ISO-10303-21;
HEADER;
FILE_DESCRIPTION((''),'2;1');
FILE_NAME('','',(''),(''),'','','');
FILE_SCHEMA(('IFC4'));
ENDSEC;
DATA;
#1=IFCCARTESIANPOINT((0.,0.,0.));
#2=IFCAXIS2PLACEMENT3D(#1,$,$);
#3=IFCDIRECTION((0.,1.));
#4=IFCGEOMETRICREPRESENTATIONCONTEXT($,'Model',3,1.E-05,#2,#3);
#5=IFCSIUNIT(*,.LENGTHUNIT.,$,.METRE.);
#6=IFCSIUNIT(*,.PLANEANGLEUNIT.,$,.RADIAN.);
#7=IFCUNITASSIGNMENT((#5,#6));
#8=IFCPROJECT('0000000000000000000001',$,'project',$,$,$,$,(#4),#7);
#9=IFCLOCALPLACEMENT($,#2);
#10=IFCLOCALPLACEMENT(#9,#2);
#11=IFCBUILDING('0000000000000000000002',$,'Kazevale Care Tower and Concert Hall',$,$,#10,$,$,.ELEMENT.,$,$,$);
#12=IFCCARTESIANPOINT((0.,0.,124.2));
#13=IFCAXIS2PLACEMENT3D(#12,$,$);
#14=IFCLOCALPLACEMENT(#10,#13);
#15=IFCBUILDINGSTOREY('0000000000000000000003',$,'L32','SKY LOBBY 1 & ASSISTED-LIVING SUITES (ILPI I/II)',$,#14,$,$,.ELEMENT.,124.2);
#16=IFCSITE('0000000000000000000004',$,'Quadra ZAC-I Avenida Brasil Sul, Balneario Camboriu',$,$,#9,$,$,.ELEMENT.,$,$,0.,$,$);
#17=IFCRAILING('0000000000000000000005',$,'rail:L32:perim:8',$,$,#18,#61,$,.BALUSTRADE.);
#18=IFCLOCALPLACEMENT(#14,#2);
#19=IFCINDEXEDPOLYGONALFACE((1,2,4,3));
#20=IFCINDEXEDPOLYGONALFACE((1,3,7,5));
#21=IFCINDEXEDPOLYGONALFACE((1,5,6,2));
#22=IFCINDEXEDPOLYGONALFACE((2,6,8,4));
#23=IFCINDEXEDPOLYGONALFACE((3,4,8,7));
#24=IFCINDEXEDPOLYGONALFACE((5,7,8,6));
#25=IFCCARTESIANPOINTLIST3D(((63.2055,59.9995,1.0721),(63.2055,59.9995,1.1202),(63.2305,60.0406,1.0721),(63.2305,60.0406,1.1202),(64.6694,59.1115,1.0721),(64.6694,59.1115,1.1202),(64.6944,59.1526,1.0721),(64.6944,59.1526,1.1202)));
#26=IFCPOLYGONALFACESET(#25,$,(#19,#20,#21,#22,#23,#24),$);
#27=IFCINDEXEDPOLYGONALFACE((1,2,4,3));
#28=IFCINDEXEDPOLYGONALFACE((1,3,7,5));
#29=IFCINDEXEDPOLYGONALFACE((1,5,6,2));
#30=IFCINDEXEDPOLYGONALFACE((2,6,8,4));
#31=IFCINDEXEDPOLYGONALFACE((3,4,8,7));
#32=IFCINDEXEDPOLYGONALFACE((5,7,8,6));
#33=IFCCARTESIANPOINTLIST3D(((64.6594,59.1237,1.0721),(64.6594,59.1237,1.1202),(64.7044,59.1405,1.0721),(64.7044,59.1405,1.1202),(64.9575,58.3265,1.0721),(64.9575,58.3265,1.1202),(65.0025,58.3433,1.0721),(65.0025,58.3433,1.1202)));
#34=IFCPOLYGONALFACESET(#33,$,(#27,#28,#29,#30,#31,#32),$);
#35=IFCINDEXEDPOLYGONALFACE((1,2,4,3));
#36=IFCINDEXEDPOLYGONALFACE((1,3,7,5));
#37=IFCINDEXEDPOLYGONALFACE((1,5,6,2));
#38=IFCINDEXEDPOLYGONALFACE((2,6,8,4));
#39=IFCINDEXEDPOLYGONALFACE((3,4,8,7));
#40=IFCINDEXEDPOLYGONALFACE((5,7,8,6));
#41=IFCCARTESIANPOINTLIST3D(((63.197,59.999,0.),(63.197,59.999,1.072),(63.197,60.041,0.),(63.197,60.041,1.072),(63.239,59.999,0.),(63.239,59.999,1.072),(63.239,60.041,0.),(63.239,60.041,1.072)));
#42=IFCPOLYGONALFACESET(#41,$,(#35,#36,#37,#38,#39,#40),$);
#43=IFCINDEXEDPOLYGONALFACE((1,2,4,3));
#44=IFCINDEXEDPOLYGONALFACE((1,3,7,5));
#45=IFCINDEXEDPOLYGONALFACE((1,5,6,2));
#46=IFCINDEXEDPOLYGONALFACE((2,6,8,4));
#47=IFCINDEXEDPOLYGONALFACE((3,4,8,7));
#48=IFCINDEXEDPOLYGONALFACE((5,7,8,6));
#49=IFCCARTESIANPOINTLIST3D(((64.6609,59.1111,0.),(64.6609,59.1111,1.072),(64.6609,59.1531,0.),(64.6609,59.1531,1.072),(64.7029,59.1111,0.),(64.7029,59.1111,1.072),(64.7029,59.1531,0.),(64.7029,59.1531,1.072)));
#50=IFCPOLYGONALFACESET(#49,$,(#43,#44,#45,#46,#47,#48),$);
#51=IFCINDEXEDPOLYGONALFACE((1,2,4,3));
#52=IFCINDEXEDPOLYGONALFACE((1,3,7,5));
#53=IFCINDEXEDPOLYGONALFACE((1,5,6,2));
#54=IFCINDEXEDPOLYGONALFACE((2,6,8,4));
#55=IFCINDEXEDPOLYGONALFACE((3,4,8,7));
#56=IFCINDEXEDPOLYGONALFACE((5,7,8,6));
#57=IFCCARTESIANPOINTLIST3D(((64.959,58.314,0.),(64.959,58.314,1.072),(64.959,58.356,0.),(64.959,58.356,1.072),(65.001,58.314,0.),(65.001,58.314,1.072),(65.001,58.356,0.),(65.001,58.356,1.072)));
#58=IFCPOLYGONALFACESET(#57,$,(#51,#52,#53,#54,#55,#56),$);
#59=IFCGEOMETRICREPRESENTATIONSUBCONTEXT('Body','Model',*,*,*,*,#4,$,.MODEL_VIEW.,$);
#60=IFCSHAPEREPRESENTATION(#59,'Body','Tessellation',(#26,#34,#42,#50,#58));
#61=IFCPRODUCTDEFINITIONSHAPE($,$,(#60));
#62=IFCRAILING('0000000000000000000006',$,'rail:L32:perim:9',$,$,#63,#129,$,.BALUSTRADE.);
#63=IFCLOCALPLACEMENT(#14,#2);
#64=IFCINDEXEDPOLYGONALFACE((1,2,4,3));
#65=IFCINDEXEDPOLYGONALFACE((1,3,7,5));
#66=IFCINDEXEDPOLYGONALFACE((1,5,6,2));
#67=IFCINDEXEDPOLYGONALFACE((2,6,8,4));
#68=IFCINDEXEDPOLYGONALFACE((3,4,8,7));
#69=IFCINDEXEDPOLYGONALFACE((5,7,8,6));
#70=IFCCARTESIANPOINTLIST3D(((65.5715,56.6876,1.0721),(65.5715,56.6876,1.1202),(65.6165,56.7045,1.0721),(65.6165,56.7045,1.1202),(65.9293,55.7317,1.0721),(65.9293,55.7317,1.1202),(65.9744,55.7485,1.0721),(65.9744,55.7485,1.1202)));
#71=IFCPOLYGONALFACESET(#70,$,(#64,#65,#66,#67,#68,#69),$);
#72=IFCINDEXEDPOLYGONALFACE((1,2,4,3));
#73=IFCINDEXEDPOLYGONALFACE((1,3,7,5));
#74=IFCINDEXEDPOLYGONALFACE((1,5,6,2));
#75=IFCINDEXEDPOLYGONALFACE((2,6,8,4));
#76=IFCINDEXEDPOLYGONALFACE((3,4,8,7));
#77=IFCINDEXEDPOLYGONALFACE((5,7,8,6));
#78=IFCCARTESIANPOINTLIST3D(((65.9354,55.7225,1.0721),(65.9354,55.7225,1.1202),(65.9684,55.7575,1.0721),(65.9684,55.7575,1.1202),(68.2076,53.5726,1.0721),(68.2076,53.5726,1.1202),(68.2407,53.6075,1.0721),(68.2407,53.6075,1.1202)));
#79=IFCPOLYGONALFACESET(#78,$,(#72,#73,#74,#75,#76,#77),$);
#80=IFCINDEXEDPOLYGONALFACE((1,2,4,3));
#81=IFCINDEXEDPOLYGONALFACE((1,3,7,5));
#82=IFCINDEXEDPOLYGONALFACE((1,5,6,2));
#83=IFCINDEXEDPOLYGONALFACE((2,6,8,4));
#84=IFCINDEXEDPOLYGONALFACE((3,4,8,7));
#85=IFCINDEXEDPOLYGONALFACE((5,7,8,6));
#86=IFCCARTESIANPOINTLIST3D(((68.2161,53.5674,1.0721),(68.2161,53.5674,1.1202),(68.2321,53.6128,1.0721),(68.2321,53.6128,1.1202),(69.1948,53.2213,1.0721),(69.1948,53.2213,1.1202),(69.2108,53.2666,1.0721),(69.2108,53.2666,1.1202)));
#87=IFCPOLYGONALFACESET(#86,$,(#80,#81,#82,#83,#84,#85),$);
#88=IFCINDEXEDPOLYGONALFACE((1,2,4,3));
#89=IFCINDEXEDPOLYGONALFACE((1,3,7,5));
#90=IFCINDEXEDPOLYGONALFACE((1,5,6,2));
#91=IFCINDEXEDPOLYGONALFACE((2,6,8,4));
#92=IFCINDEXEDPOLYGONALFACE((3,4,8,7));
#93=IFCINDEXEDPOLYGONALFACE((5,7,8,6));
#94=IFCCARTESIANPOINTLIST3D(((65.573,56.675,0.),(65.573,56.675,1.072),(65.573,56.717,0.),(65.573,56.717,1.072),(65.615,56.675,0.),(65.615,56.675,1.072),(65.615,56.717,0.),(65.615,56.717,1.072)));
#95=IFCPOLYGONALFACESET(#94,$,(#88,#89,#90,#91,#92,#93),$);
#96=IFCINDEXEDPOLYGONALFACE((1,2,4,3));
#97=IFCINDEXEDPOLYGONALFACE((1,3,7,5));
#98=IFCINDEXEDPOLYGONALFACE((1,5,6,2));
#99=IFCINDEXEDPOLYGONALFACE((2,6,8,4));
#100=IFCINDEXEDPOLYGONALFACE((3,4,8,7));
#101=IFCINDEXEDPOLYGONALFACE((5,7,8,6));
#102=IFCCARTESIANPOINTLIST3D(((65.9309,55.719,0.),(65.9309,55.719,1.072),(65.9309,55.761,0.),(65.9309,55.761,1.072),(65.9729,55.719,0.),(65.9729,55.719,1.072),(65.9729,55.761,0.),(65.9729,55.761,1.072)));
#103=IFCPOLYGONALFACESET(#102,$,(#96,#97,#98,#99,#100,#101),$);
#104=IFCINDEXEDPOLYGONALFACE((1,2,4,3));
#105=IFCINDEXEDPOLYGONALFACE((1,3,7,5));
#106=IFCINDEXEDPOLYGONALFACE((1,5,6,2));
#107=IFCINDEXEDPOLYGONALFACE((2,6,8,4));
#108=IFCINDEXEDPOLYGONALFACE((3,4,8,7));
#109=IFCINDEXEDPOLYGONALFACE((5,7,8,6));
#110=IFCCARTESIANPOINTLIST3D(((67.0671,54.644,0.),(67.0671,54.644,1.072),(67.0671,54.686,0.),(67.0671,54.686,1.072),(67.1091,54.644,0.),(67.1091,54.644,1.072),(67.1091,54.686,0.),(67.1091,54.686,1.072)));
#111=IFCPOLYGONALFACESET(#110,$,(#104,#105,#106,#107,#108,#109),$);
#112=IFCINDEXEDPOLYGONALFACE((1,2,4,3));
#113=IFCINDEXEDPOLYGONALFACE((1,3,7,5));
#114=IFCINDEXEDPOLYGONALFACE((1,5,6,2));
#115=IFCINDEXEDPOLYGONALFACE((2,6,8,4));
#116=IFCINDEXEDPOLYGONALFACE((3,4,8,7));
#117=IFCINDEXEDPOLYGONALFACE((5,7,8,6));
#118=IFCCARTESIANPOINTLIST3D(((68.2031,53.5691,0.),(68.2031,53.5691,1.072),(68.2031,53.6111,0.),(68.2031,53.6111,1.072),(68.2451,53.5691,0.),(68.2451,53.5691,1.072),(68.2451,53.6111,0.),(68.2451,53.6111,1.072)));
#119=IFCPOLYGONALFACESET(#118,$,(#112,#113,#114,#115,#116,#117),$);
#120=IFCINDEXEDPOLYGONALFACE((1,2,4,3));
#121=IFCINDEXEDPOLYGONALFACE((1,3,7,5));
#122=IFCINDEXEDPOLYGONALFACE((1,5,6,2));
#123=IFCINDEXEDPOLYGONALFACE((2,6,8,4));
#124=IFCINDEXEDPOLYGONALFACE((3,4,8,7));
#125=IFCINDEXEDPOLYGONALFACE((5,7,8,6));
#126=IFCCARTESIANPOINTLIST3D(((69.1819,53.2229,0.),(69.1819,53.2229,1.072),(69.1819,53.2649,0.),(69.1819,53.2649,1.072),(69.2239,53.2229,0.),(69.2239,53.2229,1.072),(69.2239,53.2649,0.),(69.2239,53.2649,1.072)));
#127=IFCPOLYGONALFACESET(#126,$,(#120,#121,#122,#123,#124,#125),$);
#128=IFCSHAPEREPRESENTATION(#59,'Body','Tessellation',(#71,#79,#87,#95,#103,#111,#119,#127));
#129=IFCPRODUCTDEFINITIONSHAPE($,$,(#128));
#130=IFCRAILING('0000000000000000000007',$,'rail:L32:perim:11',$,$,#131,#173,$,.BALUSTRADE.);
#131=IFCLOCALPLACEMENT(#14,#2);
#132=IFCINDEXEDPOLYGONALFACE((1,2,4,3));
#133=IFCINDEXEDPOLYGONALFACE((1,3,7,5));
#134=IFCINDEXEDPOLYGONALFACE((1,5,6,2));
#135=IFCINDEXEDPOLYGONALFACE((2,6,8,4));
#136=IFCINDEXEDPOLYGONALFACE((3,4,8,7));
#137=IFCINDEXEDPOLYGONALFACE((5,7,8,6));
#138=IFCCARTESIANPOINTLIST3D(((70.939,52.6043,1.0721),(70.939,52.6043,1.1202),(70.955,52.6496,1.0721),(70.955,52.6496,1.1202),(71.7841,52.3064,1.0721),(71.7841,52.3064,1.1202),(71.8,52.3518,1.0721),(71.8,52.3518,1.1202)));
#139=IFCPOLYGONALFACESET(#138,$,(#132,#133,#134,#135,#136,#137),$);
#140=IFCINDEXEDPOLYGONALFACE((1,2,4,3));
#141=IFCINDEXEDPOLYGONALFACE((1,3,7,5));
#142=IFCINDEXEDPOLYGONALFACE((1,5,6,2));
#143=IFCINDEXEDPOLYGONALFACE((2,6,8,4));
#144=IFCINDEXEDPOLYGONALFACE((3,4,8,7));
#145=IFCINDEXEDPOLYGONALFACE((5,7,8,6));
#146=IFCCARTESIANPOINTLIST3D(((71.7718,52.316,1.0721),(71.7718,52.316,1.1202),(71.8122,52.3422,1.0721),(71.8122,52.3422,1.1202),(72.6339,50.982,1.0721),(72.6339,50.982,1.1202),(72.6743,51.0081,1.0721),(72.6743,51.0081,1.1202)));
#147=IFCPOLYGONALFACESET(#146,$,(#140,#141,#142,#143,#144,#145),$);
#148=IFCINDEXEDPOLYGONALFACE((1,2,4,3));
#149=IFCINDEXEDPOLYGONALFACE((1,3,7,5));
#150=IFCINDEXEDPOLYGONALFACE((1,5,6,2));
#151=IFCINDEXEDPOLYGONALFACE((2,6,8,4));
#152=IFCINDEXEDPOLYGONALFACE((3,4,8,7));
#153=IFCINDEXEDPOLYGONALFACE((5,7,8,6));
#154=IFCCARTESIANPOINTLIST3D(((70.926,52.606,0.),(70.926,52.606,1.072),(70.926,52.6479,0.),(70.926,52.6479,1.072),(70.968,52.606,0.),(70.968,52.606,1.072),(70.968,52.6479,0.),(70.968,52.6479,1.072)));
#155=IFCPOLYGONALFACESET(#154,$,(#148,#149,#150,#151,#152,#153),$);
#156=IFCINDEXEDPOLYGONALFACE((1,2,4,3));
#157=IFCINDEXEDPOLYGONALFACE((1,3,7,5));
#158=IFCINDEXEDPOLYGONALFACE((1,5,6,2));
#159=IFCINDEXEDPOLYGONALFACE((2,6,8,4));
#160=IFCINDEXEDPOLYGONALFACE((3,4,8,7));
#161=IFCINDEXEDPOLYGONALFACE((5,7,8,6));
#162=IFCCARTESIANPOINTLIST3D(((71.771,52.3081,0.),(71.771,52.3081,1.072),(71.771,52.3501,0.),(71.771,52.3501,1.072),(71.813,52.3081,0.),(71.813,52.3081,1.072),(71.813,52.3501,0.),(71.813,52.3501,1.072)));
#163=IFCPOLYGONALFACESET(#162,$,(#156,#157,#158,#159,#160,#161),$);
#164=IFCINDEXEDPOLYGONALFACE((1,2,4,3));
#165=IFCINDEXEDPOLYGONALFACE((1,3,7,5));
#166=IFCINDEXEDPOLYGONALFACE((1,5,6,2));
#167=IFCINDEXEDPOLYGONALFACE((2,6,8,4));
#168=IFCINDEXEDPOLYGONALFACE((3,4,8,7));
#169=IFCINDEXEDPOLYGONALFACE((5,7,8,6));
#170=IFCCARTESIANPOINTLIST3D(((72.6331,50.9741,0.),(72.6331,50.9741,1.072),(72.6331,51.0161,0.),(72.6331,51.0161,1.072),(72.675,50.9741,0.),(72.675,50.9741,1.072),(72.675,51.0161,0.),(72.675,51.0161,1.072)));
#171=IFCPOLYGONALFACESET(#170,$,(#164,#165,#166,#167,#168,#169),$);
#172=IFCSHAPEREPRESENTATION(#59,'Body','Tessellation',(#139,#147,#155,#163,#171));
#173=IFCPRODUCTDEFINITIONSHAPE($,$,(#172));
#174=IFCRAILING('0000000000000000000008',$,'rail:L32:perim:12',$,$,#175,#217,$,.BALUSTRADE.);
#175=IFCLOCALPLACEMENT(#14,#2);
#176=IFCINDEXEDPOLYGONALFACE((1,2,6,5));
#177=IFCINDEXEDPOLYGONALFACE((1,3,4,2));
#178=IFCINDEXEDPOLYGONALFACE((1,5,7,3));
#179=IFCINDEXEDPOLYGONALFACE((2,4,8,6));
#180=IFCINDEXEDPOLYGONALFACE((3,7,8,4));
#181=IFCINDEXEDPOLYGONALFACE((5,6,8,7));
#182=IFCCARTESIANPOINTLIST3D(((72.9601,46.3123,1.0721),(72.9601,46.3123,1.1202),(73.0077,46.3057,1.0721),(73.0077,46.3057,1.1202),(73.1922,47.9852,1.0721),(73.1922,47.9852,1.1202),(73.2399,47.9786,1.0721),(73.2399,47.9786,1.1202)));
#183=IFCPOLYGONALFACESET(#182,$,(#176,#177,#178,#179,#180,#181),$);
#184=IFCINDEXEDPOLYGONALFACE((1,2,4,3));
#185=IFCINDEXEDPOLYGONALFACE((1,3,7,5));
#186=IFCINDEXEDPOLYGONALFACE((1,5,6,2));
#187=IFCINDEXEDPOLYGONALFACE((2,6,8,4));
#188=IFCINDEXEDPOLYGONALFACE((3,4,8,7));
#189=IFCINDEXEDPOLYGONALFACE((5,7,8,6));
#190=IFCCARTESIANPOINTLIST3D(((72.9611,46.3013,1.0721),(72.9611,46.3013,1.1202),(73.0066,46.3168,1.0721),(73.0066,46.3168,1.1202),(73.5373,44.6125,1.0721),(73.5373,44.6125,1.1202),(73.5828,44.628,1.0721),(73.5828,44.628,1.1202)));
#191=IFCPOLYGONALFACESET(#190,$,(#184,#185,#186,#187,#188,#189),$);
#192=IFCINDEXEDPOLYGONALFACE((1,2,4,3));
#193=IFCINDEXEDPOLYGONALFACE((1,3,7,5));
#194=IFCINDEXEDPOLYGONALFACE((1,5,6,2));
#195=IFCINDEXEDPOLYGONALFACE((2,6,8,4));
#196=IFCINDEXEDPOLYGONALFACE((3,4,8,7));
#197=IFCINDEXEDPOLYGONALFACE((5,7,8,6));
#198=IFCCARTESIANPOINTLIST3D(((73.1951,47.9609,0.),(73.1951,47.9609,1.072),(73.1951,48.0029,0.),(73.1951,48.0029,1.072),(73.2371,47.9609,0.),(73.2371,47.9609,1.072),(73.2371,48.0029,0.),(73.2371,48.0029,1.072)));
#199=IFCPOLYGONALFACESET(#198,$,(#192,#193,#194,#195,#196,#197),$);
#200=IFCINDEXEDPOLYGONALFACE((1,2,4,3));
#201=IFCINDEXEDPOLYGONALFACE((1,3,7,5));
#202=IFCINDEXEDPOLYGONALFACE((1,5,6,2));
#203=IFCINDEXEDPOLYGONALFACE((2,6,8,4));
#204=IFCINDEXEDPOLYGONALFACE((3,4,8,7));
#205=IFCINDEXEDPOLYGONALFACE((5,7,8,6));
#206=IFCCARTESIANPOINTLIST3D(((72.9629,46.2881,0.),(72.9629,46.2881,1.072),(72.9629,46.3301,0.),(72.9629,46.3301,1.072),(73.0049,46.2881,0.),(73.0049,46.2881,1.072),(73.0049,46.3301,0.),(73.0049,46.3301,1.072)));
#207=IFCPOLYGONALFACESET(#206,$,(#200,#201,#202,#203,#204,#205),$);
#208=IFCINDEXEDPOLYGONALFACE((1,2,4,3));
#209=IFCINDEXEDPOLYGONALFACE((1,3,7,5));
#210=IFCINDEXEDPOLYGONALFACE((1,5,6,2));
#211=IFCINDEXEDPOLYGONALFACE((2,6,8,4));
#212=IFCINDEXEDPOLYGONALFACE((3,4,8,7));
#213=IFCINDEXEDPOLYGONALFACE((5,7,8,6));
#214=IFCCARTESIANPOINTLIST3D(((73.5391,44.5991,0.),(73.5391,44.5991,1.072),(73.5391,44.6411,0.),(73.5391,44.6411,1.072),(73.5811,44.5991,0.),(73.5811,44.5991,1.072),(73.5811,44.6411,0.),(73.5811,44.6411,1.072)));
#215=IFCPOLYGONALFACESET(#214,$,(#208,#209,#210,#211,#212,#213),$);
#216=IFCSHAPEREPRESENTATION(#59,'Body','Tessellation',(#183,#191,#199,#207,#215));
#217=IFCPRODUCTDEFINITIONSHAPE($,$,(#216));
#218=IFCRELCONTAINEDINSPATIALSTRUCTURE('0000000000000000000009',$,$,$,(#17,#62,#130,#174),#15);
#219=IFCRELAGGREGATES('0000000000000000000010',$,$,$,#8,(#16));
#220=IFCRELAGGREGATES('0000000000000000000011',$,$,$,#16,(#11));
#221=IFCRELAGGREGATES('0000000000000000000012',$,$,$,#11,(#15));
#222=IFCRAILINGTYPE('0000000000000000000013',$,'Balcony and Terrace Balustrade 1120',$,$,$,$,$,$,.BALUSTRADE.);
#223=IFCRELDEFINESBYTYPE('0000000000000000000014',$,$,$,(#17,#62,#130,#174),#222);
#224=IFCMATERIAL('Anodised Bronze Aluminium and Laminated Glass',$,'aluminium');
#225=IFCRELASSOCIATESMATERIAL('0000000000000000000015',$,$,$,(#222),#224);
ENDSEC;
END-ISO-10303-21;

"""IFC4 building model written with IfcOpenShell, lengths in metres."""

from ifc_helpers import new_model, si_unit, direction, frame, origin, origin_2d, place, context, subcontext, project, spatial, rectangle, extrude, material, type_object, element, save


model = new_model("IFC4")

# Units and contexts
model_context = context("Model", 3, precision=1e-05, world=origin(), true_north=direction((0.0, 1.0)))
body_context = subcontext(model_context, "Body", "Model", "MODEL_VIEW")
ifc_project = project(units=[si_unit("LENGTHUNIT", "METRE"), si_unit("PLANEANGLEUNIT", "RADIAN")], contexts=[model_context])

# Site, building, storey
site_placement = place(None, origin())
site = spatial("IfcSite", under=ifc_project, at=site_placement, Name="Quadra ZAC-I Avenida Brasil Sul, Balneario Camboriu", CompositionType="ELEMENT", RefElevation=0.0)
building_placement = place(site_placement, origin())
building = spatial("IfcBuilding", under=site, at=building_placement, Name="Kazevale Care Tower and Concert Hall", CompositionType="ELEMENT")
storey_placement = place(building_placement, frame((0.0, 0.0, 124.2)))
storey = spatial("IfcBuildingStorey", under=building, at=storey_placement, Name="L32", Description="SKY LOBBY 1 & ASSISTED-LIVING SUITES (ILPI I/II)", CompositionType="ELEMENT", Elevation=124.2)

# Railings
ifc_material_1 = material(Name="Anodised Bronze Aluminium and Laminated Glass", Category="aluminium")
railing_type = type_object("IfcRailingType", Name="Balcony and Terrace Balustrade 1120", PredefinedType="BALUSTRADE", material=ifc_material_1)
railing_1_placement = place(storey_placement, frame((63.218, 60.02, 0.0)))
element("IfcRailing", 1, at=railing_1_placement, inside=storey, type_object=railing_type, Name="rail:L32:perim:8", PredefinedType="BALUSTRADE", context=body_context, shape_type="SweptSolid", body=[
    extrude(rectangle(XDim=0.0481, YDim=0.0481, at=origin_2d()), frame((0.0, 0.0, 1.0962), z_axis=(0.855004, -0.518621, 0.0), x_axis=(0.518621, 0.855004, 0.0)), (0.0, 0.0, 1.0), 1.7122),
    extrude(rectangle(XDim=0.0481, YDim=0.0481, at=origin_2d()), frame((1.4639, -0.8879, 1.0962), z_axis=(0.350274, -0.936647, 0.0), x_axis=(0.936647, 0.350274, 0.0)), (0.0, 0.0, 1.0), 0.8511),
    extrude(rectangle(XDim=0.042, YDim=0.042, at=origin_2d()), origin(), (0.0, 0.0, 1.0), 1.072),
    extrude(rectangle(XDim=0.042, YDim=0.042, at=origin_2d()), frame((1.4639, -0.8879, 0.0)), (0.0, 0.0, 1.0), 1.072),
    extrude(rectangle(XDim=0.042, YDim=0.042, at=origin_2d()), frame((1.762, -1.6851, 0.0)), (0.0, 0.0, 1.0), 1.072),
])
railing_2_placement = place(storey_placement, frame((65.594, 56.696, 0.0)))
element("IfcRailing", 2, at=railing_2_placement, inside=storey, type_object=railing_type, Name="rail:L32:perim:9", PredefinedType="BALUSTRADE", context=body_context, shape_type="SweptSolid", body=[
    extrude(rectangle(XDim=0.0481, YDim=0.0481, at=origin_2d()), frame((0.0, 0.0, 1.0962), z_axis=(0.350599, -0.936526, 0.0), x_axis=(0.936526, 0.350599, 0.0)), (0.0, 0.0, 1.0), 1.0208),
    extrude(rectangle(XDim=0.0481, YDim=0.0481, at=origin_2d()), frame((0.3579, -0.9561, 1.0962), z_axis=(0.726387, -0.687286, 0.0), x_axis=(0.687286, 0.726387, 0.0)), (0.0, 0.0, 1.0), 3.1282),
    extrude(rectangle(XDim=0.0481, YDim=0.0481, at=origin_2d()), frame((2.6301, -3.106, 1.0962), z_axis=(0.942764, -0.33346, 0.0), x_axis=(0.33346, 0.942764, 0.0)), (0.0, 0.0, 1.0), 1.0381),
    extrude(rectangle(XDim=0.042, YDim=0.042, at=origin_2d()), origin(), (0.0, 0.0, 1.0), 1.072),
    extrude(rectangle(XDim=0.042, YDim=0.042, at=origin_2d()), frame((0.3579, -0.9561, 0.0)), (0.0, 0.0, 1.0), 1.072),
    extrude(rectangle(XDim=0.042, YDim=0.042, at=origin_2d()), frame((1.4941, -2.031, 0.0)), (0.0, 0.0, 1.0), 1.072),
    extrude(rectangle(XDim=0.042, YDim=0.042, at=origin_2d()), frame((2.6301, -3.106, 0.0)), (0.0, 0.0, 1.0), 1.072),
    extrude(rectangle(XDim=0.042, YDim=0.042, at=origin_2d()), frame((3.6089, -3.4521, 0.0)), (0.0, 0.0, 1.0), 1.072),
])
railing_3_placement = place(storey_placement, frame((70.947, 52.627, 0.0)))
element("IfcRailing", 3, at=railing_3_placement, inside=storey, type_object=railing_type, Name="rail:L32:perim:11", PredefinedType="BALUSTRADE", context=body_context, shape_type="SweptSolid", body=[
    extrude(rectangle(XDim=0.0481, YDim=0.0481, at=origin_2d()), frame((0.0, 0.0, 1.0962), z_axis=(0.943121, -0.332449, 0.0), x_axis=(0.332449, 0.943121, 0.0)), (0.0, 0.0, 1.0), 0.896),
    extrude(rectangle(XDim=0.0481, YDim=0.0481, at=origin_2d()), frame((0.845, -0.2979, 1.0962), z_axis=(0.54276, -0.839888, 0.0), x_axis=(0.839888, 0.54276, 0.0)), (0.0, 0.0, 1.0), 1.5884),
    extrude(rectangle(XDim=0.042, YDim=0.042, at=origin_2d()), origin(), (0.0, 0.0, 1.0), 1.072),
    extrude(rectangle(XDim=0.042, YDim=0.042, at=origin_2d()), frame((0.845, -0.2979, 0.0)), (0.0, 0.0, 1.0), 1.072),
    extrude(rectangle(XDim=0.042, YDim=0.042, at=origin_2d()), frame((1.707, -1.6318, 0.0)), (0.0, 0.0, 1.0), 1.072),
])
railing_4_placement = place(storey_placement, frame((73.2161, 47.9819, 0.0)))
element("IfcRailing", 4, at=railing_4_placement, inside=storey, type_object=railing_type, Name="rail:L32:perim:12", PredefinedType="BALUSTRADE", context=body_context, shape_type="SweptSolid", body=[
    extrude(rectangle(XDim=0.0481, YDim=0.0481, at=origin_2d()), frame((0.0, 0.0, 1.0962), z_axis=(-0.137474, -0.990505, 0.0), x_axis=(0.990505, -0.137474, 0.0)), (0.0, 0.0, 1.0), 1.689),
    extrude(rectangle(XDim=0.0481, YDim=0.0481, at=origin_2d()), frame((-0.2322, -1.6729, 1.0962), z_axis=(0.322869, -0.946444, 0.0), x_axis=(0.946444, 0.322869, 0.0)), (0.0, 0.0, 1.0), 1.7844),
    extrude(rectangle(XDim=0.042, YDim=0.042, at=origin_2d()), origin(), (0.0, 0.0, 1.0), 1.072),
    extrude(rectangle(XDim=0.042, YDim=0.042, at=origin_2d()), frame((-0.2322, -1.6729, 0.0)), (0.0, 0.0, 1.0), 1.072),
    extrude(rectangle(XDim=0.042, YDim=0.042, at=origin_2d()), frame((0.344, -3.3618, 0.0)), (0.0, 0.0, 1.0), 1.072),
])

save(model, "model.ifc")
